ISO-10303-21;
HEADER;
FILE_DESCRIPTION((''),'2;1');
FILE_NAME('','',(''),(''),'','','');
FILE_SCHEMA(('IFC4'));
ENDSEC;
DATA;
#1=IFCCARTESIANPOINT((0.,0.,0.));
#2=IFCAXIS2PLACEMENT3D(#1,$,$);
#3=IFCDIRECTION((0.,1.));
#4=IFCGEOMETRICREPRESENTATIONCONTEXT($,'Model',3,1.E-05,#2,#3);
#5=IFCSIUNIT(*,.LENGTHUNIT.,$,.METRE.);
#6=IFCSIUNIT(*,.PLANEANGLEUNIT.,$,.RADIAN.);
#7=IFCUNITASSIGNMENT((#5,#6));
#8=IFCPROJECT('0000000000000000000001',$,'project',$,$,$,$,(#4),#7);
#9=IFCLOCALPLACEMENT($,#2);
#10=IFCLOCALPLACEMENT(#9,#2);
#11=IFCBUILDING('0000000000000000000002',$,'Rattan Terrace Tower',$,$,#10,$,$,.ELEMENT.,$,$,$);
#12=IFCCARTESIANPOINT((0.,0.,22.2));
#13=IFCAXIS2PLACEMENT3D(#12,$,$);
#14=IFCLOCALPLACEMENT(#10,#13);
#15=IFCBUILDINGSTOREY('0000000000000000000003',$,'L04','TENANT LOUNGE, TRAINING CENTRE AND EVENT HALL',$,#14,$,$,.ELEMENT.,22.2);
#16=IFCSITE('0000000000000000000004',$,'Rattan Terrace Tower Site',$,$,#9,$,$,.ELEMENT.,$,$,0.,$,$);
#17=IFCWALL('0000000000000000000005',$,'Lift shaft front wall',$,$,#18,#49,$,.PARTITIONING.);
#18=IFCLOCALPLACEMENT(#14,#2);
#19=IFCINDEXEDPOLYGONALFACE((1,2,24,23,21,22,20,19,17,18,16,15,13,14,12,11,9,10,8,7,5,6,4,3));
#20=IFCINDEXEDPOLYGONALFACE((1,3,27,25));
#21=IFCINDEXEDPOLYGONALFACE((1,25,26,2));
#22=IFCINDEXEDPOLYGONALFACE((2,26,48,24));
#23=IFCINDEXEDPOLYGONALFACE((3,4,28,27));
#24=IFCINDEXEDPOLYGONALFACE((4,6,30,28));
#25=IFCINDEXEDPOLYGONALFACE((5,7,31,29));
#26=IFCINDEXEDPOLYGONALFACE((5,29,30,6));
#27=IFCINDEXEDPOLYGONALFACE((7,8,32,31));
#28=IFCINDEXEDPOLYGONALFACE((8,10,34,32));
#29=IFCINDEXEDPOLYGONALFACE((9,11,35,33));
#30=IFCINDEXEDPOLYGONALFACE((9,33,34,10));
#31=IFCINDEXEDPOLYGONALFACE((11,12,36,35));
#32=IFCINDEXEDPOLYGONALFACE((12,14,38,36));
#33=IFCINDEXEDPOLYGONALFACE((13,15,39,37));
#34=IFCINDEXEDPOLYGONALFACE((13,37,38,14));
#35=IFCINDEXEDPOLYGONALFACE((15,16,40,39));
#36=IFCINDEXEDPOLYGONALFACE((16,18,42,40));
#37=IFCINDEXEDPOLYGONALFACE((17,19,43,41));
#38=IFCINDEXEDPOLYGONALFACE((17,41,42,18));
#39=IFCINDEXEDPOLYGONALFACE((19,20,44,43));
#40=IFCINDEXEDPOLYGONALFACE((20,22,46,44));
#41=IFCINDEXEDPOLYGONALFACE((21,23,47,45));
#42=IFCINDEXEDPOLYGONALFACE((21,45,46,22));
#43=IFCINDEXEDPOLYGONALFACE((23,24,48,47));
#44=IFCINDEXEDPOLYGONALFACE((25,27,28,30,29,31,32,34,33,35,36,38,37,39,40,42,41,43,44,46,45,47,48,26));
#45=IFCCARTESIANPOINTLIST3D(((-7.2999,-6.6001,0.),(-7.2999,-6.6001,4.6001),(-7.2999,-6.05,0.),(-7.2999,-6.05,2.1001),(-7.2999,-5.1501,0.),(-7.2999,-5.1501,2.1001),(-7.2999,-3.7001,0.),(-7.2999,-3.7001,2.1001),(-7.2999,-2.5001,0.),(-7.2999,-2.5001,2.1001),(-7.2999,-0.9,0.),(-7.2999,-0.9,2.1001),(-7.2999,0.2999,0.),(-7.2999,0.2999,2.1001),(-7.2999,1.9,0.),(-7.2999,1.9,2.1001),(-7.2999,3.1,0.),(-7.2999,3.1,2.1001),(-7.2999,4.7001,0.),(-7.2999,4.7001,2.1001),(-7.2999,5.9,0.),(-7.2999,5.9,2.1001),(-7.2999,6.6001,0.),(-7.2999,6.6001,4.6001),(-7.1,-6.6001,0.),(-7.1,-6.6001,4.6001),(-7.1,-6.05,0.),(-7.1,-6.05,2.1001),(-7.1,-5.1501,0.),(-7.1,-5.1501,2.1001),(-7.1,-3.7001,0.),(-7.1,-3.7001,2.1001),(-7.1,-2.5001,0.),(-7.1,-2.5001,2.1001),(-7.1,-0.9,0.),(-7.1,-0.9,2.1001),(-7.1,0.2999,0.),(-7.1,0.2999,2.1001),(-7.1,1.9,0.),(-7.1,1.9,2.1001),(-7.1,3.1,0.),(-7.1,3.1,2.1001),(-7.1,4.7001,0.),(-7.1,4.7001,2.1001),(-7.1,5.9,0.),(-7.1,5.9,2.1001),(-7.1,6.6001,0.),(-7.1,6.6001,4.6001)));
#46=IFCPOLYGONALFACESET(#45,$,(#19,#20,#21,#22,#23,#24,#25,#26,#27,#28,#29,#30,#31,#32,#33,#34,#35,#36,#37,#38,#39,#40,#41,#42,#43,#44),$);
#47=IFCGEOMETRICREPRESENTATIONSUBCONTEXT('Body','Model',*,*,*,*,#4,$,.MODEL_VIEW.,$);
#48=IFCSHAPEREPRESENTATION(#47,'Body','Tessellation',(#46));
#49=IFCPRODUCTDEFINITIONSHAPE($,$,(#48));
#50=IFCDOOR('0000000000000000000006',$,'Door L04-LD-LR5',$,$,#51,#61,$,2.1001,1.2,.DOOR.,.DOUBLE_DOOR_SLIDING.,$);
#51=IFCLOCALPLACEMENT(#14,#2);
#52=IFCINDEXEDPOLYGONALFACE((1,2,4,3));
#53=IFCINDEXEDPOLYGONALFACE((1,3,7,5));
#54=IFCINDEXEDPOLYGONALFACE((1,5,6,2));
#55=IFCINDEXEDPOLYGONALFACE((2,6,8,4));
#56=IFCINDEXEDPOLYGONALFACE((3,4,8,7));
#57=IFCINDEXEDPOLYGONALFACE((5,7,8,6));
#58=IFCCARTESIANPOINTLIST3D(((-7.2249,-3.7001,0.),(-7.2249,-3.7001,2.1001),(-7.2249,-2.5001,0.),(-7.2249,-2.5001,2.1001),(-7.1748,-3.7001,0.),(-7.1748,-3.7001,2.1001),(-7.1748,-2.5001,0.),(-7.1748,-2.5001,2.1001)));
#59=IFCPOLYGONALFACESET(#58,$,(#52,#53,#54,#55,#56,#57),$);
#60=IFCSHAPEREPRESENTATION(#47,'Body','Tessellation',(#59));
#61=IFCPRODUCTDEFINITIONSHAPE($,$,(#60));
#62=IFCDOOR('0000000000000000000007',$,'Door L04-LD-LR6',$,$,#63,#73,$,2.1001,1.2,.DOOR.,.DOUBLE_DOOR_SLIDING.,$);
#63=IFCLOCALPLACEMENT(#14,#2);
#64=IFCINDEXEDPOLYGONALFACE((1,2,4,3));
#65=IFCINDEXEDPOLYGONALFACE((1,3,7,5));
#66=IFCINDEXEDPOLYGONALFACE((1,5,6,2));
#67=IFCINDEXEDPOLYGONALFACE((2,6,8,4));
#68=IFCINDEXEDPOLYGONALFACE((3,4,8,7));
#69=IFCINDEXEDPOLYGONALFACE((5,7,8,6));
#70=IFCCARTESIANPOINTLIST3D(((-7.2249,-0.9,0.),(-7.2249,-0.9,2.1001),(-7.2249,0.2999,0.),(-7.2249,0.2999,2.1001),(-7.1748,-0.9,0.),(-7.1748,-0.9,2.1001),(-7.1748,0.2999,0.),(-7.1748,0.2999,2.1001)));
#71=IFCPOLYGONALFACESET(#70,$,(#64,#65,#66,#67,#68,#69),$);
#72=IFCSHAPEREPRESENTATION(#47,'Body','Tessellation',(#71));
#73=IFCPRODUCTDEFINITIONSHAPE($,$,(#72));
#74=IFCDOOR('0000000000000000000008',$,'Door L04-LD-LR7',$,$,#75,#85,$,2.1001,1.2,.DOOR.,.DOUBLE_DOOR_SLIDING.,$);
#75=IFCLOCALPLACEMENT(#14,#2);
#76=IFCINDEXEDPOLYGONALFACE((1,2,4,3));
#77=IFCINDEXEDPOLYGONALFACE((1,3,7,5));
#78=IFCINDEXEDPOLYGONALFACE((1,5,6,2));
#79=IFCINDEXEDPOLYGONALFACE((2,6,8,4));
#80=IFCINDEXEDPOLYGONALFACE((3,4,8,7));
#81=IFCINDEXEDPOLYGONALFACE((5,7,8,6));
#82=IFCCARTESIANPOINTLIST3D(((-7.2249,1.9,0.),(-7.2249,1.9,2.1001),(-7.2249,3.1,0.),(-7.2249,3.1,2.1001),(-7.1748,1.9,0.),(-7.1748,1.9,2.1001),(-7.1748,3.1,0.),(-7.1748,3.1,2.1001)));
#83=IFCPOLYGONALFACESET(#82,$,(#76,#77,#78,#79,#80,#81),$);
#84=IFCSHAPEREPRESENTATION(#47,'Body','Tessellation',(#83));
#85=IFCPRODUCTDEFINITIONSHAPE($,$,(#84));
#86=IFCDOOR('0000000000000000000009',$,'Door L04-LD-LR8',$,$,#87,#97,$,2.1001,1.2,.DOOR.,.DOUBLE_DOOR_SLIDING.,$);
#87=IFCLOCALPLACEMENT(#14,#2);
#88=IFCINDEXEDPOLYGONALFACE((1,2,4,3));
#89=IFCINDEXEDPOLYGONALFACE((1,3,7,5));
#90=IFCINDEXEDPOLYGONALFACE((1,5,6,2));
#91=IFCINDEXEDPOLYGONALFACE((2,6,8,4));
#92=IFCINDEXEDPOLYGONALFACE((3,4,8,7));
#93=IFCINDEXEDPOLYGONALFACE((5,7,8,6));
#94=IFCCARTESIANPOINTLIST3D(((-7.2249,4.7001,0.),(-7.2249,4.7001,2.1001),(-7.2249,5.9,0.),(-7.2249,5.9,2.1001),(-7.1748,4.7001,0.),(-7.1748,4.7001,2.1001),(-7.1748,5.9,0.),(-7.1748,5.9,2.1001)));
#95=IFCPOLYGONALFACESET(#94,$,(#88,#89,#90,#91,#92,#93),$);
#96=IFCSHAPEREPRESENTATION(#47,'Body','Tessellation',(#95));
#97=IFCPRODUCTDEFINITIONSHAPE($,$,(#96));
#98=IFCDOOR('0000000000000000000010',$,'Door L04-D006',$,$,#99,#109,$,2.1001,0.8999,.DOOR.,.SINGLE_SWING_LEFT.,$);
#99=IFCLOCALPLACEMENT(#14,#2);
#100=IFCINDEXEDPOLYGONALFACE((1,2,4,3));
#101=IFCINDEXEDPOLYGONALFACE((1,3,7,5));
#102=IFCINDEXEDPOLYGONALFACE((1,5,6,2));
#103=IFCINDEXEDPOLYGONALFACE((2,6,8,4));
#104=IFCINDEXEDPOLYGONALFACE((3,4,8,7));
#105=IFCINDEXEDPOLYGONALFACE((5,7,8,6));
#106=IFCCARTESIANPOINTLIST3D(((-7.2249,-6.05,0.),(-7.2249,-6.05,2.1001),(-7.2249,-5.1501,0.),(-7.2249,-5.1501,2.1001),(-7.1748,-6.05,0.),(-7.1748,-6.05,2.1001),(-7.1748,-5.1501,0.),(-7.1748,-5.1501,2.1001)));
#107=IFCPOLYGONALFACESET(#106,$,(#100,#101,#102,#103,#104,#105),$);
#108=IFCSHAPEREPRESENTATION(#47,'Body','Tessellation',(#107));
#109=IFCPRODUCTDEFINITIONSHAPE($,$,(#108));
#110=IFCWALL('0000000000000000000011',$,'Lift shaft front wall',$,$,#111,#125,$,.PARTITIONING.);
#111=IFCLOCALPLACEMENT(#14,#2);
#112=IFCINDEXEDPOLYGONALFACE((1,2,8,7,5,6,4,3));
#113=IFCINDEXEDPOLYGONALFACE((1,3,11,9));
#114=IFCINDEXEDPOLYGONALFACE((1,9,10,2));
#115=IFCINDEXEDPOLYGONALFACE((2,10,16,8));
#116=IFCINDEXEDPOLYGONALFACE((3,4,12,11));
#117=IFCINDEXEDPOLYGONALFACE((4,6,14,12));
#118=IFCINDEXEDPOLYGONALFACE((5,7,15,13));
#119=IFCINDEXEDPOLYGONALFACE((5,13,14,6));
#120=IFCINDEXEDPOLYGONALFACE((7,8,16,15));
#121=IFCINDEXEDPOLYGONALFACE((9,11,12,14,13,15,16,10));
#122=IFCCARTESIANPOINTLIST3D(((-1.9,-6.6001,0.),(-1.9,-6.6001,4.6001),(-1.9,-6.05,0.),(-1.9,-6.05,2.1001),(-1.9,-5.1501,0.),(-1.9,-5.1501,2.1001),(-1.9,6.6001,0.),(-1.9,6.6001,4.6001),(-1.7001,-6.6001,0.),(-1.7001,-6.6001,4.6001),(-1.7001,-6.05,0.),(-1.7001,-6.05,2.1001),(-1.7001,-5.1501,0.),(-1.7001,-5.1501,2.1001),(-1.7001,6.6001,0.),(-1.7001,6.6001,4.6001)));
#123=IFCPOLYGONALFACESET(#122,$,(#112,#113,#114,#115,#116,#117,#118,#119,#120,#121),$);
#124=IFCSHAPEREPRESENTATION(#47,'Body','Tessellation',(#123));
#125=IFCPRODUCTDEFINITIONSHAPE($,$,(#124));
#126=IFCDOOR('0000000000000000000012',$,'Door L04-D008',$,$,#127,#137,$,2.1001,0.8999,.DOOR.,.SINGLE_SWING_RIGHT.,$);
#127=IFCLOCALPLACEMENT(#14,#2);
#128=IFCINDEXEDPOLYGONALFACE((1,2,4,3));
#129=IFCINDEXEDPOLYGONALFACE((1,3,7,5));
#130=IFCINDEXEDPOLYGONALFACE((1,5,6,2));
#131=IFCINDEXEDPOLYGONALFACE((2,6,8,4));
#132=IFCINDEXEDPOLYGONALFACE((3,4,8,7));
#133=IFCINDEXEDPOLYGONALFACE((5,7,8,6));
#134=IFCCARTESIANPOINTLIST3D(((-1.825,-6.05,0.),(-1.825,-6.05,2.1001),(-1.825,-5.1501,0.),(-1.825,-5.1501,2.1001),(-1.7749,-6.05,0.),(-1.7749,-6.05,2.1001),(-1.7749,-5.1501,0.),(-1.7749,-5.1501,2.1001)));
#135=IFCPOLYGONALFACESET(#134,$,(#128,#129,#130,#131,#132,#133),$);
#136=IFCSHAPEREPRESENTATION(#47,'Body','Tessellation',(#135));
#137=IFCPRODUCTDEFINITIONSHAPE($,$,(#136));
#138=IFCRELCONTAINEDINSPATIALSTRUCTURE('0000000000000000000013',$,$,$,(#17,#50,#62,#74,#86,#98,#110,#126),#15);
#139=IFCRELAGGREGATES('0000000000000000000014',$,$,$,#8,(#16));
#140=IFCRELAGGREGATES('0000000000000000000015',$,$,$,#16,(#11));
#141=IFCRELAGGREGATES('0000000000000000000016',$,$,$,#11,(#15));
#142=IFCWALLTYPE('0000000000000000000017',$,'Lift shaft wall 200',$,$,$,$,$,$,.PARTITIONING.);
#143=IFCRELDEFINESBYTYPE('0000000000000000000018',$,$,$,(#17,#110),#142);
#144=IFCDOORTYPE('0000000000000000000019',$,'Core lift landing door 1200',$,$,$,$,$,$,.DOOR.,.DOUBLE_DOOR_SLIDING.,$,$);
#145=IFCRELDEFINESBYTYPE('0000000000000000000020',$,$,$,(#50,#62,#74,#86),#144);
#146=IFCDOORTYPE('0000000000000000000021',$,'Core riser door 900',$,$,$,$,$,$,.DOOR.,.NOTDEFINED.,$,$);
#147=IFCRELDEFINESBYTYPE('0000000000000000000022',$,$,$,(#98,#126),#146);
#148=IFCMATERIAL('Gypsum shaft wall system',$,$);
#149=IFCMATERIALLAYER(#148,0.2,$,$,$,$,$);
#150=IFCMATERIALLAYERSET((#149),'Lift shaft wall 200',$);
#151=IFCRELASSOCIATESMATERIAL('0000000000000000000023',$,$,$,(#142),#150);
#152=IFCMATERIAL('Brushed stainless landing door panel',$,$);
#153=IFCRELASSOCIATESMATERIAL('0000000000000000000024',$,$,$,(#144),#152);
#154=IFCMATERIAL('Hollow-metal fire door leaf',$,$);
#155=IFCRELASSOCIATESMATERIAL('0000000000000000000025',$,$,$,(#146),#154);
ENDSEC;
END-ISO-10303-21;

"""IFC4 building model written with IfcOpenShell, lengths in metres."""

from ifc_helpers import new_model, si_unit, direction, frame, frame_2d, origin, place, context, subcontext, project, spatial, rectangle, extrude, material, layer, layer_set, type_object, element, fill, save


model = new_model("IFC4")

# Units and contexts
model_context = context("Model", 3, precision=1e-05, world=origin(), true_north=direction((0.0, 1.0)))
body_context = subcontext(model_context, "Body", "Model", "MODEL_VIEW")
ifc_project = project(units=[si_unit("LENGTHUNIT", "METRE"), si_unit("PLANEANGLEUNIT", "RADIAN")], contexts=[model_context])

# Site, building, storey
site_placement = place(None, origin())
site = spatial("IfcSite", under=ifc_project, at=site_placement, Name="Rattan Terrace Tower Site", CompositionType="ELEMENT", RefElevation=0.0)
building_placement = place(site_placement, origin())
building = spatial("IfcBuilding", under=site, at=building_placement, Name="Rattan Terrace Tower", CompositionType="ELEMENT")
storey_placement = place(building_placement, frame((0.0, 0.0, 22.2)))
storey = spatial("IfcBuildingStorey", under=building, at=storey_placement, Name="L04", Description="TENANT LOUNGE, TRAINING CENTRE AND EVENT HALL", CompositionType="ELEMENT", Elevation=22.2)

# Wall, openings, doors
ifc_material_1 = material(Name="Gypsum shaft wall system")
ifc_layer_1 = layer(ifc_material_1, 0.2)
ifc_layer_set_1 = layer_set([ifc_layer_1], Name="Lift shaft wall 200")
wall_type_1 = type_object("IfcWallType", Name="Lift shaft wall 200", PredefinedType="PARTITIONING", material=ifc_layer_set_1)
wall_1_placement = place(storey_placement, frame((-7.2, -6.6001, 0.0), z_axis=(0.0, 0.0, 1.0), x_axis=(0.0, 1.0, 0.0)))
wall_1 = element("IfcWall", 1, at=wall_1_placement, inside=storey, type_object=wall_type_1, Name="Lift shaft front wall", PredefinedType="PARTITIONING", context=body_context, shape_type="SweptSolid", body=[
    extrude(rectangle(XDim=13.2002, YDim=0.2, at=frame_2d((6.6001, 0.0))), origin(), (0.0, 0.0, 1.0), 4.6001),
])
opening_1_placement = place(wall_1_placement, frame((0.55, 0.0, 0.0)))
opening_1 = element("IfcOpeningElement", 2, at=opening_1_placement, cuts=wall_1, PredefinedType="OPENING", context=body_context, shape_type="SweptSolid", body=[
    extrude(rectangle(XDim=0.8999, YDim=2.1001, at=frame_2d((0.45, 1.05))), frame((0.0, 0.1106, 0.0), z_axis=(0.0, -1.0, 0.0), x_axis=(1.0, 0.0, 0.0)), (0.0, 0.0, 1.0), 0.2209),
])
opening_2_placement = place(wall_1_placement, frame((2.8999, 0.0, 0.0)))
opening_2 = element("IfcOpeningElement", 3, at=opening_2_placement, cuts=wall_1, PredefinedType="OPENING", context=body_context, shape_type="SweptSolid", body=[
    extrude(rectangle(XDim=1.2, YDim=2.1001, at=frame_2d((0.6001, 1.05))), frame((0.0, 0.1106, 0.0), z_axis=(0.0, -1.0, 0.0), x_axis=(1.0, 0.0, 0.0)), (0.0, 0.0, 1.0), 0.2209),
])
opening_3_placement = place(wall_1_placement, frame((5.7, 0.0, 0.0)))
opening_3 = element("IfcOpeningElement", 4, at=opening_3_placement, cuts=wall_1, PredefinedType="OPENING", context=body_context, shape_type="SweptSolid", body=[
    extrude(rectangle(XDim=1.2, YDim=2.1001, at=frame_2d((0.6001, 1.05))), frame((0.0, 0.1106, 0.0), z_axis=(0.0, -1.0, 0.0), x_axis=(1.0, 0.0, 0.0)), (0.0, 0.0, 1.0), 0.2209),
])
opening_4_placement = place(wall_1_placement, frame((8.5, 0.0, 0.0)))
opening_4 = element("IfcOpeningElement", 5, at=opening_4_placement, cuts=wall_1, PredefinedType="OPENING", context=body_context, shape_type="SweptSolid", body=[
    extrude(rectangle(XDim=1.2, YDim=2.1001, at=frame_2d((0.6001, 1.05))), frame((0.0, 0.1106, 0.0), z_axis=(0.0, -1.0, 0.0), x_axis=(1.0, 0.0, 0.0)), (0.0, 0.0, 1.0), 0.2209),
])
opening_5_placement = place(wall_1_placement, frame((11.3, 0.0, 0.0)))
opening_5 = element("IfcOpeningElement", 6, at=opening_5_placement, cuts=wall_1, PredefinedType="OPENING", context=body_context, shape_type="SweptSolid", body=[
    extrude(rectangle(XDim=1.2, YDim=2.1001, at=frame_2d((0.6001, 1.05))), frame((0.0, 0.1106, 0.0), z_axis=(0.0, -1.0, 0.0), x_axis=(1.0, 0.0, 0.0)), (0.0, 0.0, 1.0), 0.2209),
])
ifc_material_2 = material(Name="Brushed stainless landing door panel")
door_type_1 = type_object("IfcDoorType", Name="Core lift landing door 1200", OperationType="DOUBLE_DOOR_SLIDING", PredefinedType="DOOR", material=ifc_material_2)
door_1_placement = place(opening_2_placement, origin())
door_1 = element("IfcDoor", 7, at=door_1_placement, inside=storey, type_object=door_type_1, Name="Door L04-LD-LR5", OperationType="DOUBLE_DOOR_SLIDING", OverallHeight=2.1001, OverallWidth=1.2, PredefinedType="DOOR", context=body_context, shape_type="SweptSolid", body=[
    extrude(rectangle(XDim=1.2, YDim=2.1001, at=frame_2d((0.6001, 1.05))), frame((0.0, 0.0249, 0.0), z_axis=(0.0, -1.0, 0.0), x_axis=(1.0, 0.0, 0.0)), (0.0, 0.0, 1.0), 0.05),
])
fill(opening_2, door_1)
door_2_placement = place(opening_3_placement, origin())
door_2 = element("IfcDoor", 8, at=door_2_placement, inside=storey, type_object=door_type_1, Name="Door L04-LD-LR6", OperationType="DOUBLE_DOOR_SLIDING", OverallHeight=2.1001, OverallWidth=1.2, PredefinedType="DOOR", context=body_context, shape_type="SweptSolid", body=[
    extrude(rectangle(XDim=1.2, YDim=2.1001, at=frame_2d((0.6001, 1.05))), frame((0.0, 0.0249, 0.0), z_axis=(0.0, -1.0, 0.0), x_axis=(1.0, 0.0, 0.0)), (0.0, 0.0, 1.0), 0.05),
])
fill(opening_3, door_2)
door_3_placement = place(opening_4_placement, origin())
door_3 = element("IfcDoor", 9, at=door_3_placement, inside=storey, type_object=door_type_1, Name="Door L04-LD-LR7", OperationType="DOUBLE_DOOR_SLIDING", OverallHeight=2.1001, OverallWidth=1.2, PredefinedType="DOOR", context=body_context, shape_type="SweptSolid", body=[
    extrude(rectangle(XDim=1.2, YDim=2.1001, at=frame_2d((0.6001, 1.05))), frame((0.0, 0.0249, 0.0), z_axis=(0.0, -1.0, 0.0), x_axis=(1.0, 0.0, 0.0)), (0.0, 0.0, 1.0), 0.05),
])
fill(opening_4, door_3)
door_4_placement = place(opening_5_placement, origin())
door_4 = element("IfcDoor", 10, at=door_4_placement, inside=storey, type_object=door_type_1, Name="Door L04-LD-LR8", OperationType="DOUBLE_DOOR_SLIDING", OverallHeight=2.1001, OverallWidth=1.2, PredefinedType="DOOR", context=body_context, shape_type="SweptSolid", body=[
    extrude(rectangle(XDim=1.2, YDim=2.1001, at=frame_2d((0.6001, 1.05))), frame((0.0, 0.0249, 0.0), z_axis=(0.0, -1.0, 0.0), x_axis=(1.0, 0.0, 0.0)), (0.0, 0.0, 1.0), 0.05),
])
fill(opening_5, door_4)
ifc_material_3 = material(Name="Hollow-metal fire door leaf")
door_type_2 = type_object("IfcDoorType", Name="Core riser door 900", OperationType="NOTDEFINED", PredefinedType="DOOR", material=ifc_material_3)
door_5_placement = place(opening_1_placement, origin())
door_5 = element("IfcDoor", 11, at=door_5_placement, inside=storey, type_object=door_type_2, Name="Door L04-D006", OperationType="SINGLE_SWING_LEFT", OverallHeight=2.1001, OverallWidth=0.8999, PredefinedType="DOOR", context=body_context, shape_type="SweptSolid", body=[
    extrude(rectangle(XDim=0.8999, YDim=2.1001, at=frame_2d((0.45, 1.05))), frame((0.0, 0.0249, 0.0), z_axis=(0.0, -1.0, 0.0), x_axis=(1.0, 0.0, 0.0)), (0.0, 0.0, 1.0), 0.05),
])
fill(opening_1, door_5)

# Wall, opening, door
wall_2_placement = place(storey_placement, frame((-1.8, -6.6001, 0.0), z_axis=(0.0, 0.0, 1.0), x_axis=(0.0, 1.0, 0.0)))
wall_2 = element("IfcWall", 12, at=wall_2_placement, inside=storey, type_object=wall_type_1, Name="Lift shaft front wall", PredefinedType="PARTITIONING", context=body_context, shape_type="SweptSolid", body=[
    extrude(rectangle(XDim=13.2002, YDim=0.2, at=frame_2d((6.6001, 0.0))), origin(), (0.0, 0.0, 1.0), 4.6001),
])
opening_6_placement = place(wall_2_placement, frame((0.55, 0.0, 0.0)))
opening_6 = element("IfcOpeningElement", 13, at=opening_6_placement, cuts=wall_2, PredefinedType="OPENING", context=body_context, shape_type="SweptSolid", body=[
    extrude(rectangle(XDim=0.8999, YDim=2.1001, at=frame_2d((0.45, 1.05))), frame((0.0, 0.1106, 0.0), z_axis=(0.0, -1.0, 0.0), x_axis=(1.0, 0.0, 0.0)), (0.0, 0.0, 1.0), 0.2209),
])
door_6_placement = place(opening_6_placement, origin())
door_6 = element("IfcDoor", 14, at=door_6_placement, inside=storey, type_object=door_type_2, Name="Door L04-D008", OperationType="SINGLE_SWING_RIGHT", OverallHeight=2.1001, OverallWidth=0.8999, PredefinedType="DOOR", context=body_context, shape_type="SweptSolid", body=[
    extrude(rectangle(XDim=0.8999, YDim=2.1001, at=frame_2d((0.45, 1.05))), frame((0.0, 0.0249, 0.0), z_axis=(0.0, -1.0, 0.0), x_axis=(1.0, 0.0, 0.0)), (0.0, 0.0, 1.0), 0.05),
])
fill(opening_6, door_6)

save(model, "model.ifc")
